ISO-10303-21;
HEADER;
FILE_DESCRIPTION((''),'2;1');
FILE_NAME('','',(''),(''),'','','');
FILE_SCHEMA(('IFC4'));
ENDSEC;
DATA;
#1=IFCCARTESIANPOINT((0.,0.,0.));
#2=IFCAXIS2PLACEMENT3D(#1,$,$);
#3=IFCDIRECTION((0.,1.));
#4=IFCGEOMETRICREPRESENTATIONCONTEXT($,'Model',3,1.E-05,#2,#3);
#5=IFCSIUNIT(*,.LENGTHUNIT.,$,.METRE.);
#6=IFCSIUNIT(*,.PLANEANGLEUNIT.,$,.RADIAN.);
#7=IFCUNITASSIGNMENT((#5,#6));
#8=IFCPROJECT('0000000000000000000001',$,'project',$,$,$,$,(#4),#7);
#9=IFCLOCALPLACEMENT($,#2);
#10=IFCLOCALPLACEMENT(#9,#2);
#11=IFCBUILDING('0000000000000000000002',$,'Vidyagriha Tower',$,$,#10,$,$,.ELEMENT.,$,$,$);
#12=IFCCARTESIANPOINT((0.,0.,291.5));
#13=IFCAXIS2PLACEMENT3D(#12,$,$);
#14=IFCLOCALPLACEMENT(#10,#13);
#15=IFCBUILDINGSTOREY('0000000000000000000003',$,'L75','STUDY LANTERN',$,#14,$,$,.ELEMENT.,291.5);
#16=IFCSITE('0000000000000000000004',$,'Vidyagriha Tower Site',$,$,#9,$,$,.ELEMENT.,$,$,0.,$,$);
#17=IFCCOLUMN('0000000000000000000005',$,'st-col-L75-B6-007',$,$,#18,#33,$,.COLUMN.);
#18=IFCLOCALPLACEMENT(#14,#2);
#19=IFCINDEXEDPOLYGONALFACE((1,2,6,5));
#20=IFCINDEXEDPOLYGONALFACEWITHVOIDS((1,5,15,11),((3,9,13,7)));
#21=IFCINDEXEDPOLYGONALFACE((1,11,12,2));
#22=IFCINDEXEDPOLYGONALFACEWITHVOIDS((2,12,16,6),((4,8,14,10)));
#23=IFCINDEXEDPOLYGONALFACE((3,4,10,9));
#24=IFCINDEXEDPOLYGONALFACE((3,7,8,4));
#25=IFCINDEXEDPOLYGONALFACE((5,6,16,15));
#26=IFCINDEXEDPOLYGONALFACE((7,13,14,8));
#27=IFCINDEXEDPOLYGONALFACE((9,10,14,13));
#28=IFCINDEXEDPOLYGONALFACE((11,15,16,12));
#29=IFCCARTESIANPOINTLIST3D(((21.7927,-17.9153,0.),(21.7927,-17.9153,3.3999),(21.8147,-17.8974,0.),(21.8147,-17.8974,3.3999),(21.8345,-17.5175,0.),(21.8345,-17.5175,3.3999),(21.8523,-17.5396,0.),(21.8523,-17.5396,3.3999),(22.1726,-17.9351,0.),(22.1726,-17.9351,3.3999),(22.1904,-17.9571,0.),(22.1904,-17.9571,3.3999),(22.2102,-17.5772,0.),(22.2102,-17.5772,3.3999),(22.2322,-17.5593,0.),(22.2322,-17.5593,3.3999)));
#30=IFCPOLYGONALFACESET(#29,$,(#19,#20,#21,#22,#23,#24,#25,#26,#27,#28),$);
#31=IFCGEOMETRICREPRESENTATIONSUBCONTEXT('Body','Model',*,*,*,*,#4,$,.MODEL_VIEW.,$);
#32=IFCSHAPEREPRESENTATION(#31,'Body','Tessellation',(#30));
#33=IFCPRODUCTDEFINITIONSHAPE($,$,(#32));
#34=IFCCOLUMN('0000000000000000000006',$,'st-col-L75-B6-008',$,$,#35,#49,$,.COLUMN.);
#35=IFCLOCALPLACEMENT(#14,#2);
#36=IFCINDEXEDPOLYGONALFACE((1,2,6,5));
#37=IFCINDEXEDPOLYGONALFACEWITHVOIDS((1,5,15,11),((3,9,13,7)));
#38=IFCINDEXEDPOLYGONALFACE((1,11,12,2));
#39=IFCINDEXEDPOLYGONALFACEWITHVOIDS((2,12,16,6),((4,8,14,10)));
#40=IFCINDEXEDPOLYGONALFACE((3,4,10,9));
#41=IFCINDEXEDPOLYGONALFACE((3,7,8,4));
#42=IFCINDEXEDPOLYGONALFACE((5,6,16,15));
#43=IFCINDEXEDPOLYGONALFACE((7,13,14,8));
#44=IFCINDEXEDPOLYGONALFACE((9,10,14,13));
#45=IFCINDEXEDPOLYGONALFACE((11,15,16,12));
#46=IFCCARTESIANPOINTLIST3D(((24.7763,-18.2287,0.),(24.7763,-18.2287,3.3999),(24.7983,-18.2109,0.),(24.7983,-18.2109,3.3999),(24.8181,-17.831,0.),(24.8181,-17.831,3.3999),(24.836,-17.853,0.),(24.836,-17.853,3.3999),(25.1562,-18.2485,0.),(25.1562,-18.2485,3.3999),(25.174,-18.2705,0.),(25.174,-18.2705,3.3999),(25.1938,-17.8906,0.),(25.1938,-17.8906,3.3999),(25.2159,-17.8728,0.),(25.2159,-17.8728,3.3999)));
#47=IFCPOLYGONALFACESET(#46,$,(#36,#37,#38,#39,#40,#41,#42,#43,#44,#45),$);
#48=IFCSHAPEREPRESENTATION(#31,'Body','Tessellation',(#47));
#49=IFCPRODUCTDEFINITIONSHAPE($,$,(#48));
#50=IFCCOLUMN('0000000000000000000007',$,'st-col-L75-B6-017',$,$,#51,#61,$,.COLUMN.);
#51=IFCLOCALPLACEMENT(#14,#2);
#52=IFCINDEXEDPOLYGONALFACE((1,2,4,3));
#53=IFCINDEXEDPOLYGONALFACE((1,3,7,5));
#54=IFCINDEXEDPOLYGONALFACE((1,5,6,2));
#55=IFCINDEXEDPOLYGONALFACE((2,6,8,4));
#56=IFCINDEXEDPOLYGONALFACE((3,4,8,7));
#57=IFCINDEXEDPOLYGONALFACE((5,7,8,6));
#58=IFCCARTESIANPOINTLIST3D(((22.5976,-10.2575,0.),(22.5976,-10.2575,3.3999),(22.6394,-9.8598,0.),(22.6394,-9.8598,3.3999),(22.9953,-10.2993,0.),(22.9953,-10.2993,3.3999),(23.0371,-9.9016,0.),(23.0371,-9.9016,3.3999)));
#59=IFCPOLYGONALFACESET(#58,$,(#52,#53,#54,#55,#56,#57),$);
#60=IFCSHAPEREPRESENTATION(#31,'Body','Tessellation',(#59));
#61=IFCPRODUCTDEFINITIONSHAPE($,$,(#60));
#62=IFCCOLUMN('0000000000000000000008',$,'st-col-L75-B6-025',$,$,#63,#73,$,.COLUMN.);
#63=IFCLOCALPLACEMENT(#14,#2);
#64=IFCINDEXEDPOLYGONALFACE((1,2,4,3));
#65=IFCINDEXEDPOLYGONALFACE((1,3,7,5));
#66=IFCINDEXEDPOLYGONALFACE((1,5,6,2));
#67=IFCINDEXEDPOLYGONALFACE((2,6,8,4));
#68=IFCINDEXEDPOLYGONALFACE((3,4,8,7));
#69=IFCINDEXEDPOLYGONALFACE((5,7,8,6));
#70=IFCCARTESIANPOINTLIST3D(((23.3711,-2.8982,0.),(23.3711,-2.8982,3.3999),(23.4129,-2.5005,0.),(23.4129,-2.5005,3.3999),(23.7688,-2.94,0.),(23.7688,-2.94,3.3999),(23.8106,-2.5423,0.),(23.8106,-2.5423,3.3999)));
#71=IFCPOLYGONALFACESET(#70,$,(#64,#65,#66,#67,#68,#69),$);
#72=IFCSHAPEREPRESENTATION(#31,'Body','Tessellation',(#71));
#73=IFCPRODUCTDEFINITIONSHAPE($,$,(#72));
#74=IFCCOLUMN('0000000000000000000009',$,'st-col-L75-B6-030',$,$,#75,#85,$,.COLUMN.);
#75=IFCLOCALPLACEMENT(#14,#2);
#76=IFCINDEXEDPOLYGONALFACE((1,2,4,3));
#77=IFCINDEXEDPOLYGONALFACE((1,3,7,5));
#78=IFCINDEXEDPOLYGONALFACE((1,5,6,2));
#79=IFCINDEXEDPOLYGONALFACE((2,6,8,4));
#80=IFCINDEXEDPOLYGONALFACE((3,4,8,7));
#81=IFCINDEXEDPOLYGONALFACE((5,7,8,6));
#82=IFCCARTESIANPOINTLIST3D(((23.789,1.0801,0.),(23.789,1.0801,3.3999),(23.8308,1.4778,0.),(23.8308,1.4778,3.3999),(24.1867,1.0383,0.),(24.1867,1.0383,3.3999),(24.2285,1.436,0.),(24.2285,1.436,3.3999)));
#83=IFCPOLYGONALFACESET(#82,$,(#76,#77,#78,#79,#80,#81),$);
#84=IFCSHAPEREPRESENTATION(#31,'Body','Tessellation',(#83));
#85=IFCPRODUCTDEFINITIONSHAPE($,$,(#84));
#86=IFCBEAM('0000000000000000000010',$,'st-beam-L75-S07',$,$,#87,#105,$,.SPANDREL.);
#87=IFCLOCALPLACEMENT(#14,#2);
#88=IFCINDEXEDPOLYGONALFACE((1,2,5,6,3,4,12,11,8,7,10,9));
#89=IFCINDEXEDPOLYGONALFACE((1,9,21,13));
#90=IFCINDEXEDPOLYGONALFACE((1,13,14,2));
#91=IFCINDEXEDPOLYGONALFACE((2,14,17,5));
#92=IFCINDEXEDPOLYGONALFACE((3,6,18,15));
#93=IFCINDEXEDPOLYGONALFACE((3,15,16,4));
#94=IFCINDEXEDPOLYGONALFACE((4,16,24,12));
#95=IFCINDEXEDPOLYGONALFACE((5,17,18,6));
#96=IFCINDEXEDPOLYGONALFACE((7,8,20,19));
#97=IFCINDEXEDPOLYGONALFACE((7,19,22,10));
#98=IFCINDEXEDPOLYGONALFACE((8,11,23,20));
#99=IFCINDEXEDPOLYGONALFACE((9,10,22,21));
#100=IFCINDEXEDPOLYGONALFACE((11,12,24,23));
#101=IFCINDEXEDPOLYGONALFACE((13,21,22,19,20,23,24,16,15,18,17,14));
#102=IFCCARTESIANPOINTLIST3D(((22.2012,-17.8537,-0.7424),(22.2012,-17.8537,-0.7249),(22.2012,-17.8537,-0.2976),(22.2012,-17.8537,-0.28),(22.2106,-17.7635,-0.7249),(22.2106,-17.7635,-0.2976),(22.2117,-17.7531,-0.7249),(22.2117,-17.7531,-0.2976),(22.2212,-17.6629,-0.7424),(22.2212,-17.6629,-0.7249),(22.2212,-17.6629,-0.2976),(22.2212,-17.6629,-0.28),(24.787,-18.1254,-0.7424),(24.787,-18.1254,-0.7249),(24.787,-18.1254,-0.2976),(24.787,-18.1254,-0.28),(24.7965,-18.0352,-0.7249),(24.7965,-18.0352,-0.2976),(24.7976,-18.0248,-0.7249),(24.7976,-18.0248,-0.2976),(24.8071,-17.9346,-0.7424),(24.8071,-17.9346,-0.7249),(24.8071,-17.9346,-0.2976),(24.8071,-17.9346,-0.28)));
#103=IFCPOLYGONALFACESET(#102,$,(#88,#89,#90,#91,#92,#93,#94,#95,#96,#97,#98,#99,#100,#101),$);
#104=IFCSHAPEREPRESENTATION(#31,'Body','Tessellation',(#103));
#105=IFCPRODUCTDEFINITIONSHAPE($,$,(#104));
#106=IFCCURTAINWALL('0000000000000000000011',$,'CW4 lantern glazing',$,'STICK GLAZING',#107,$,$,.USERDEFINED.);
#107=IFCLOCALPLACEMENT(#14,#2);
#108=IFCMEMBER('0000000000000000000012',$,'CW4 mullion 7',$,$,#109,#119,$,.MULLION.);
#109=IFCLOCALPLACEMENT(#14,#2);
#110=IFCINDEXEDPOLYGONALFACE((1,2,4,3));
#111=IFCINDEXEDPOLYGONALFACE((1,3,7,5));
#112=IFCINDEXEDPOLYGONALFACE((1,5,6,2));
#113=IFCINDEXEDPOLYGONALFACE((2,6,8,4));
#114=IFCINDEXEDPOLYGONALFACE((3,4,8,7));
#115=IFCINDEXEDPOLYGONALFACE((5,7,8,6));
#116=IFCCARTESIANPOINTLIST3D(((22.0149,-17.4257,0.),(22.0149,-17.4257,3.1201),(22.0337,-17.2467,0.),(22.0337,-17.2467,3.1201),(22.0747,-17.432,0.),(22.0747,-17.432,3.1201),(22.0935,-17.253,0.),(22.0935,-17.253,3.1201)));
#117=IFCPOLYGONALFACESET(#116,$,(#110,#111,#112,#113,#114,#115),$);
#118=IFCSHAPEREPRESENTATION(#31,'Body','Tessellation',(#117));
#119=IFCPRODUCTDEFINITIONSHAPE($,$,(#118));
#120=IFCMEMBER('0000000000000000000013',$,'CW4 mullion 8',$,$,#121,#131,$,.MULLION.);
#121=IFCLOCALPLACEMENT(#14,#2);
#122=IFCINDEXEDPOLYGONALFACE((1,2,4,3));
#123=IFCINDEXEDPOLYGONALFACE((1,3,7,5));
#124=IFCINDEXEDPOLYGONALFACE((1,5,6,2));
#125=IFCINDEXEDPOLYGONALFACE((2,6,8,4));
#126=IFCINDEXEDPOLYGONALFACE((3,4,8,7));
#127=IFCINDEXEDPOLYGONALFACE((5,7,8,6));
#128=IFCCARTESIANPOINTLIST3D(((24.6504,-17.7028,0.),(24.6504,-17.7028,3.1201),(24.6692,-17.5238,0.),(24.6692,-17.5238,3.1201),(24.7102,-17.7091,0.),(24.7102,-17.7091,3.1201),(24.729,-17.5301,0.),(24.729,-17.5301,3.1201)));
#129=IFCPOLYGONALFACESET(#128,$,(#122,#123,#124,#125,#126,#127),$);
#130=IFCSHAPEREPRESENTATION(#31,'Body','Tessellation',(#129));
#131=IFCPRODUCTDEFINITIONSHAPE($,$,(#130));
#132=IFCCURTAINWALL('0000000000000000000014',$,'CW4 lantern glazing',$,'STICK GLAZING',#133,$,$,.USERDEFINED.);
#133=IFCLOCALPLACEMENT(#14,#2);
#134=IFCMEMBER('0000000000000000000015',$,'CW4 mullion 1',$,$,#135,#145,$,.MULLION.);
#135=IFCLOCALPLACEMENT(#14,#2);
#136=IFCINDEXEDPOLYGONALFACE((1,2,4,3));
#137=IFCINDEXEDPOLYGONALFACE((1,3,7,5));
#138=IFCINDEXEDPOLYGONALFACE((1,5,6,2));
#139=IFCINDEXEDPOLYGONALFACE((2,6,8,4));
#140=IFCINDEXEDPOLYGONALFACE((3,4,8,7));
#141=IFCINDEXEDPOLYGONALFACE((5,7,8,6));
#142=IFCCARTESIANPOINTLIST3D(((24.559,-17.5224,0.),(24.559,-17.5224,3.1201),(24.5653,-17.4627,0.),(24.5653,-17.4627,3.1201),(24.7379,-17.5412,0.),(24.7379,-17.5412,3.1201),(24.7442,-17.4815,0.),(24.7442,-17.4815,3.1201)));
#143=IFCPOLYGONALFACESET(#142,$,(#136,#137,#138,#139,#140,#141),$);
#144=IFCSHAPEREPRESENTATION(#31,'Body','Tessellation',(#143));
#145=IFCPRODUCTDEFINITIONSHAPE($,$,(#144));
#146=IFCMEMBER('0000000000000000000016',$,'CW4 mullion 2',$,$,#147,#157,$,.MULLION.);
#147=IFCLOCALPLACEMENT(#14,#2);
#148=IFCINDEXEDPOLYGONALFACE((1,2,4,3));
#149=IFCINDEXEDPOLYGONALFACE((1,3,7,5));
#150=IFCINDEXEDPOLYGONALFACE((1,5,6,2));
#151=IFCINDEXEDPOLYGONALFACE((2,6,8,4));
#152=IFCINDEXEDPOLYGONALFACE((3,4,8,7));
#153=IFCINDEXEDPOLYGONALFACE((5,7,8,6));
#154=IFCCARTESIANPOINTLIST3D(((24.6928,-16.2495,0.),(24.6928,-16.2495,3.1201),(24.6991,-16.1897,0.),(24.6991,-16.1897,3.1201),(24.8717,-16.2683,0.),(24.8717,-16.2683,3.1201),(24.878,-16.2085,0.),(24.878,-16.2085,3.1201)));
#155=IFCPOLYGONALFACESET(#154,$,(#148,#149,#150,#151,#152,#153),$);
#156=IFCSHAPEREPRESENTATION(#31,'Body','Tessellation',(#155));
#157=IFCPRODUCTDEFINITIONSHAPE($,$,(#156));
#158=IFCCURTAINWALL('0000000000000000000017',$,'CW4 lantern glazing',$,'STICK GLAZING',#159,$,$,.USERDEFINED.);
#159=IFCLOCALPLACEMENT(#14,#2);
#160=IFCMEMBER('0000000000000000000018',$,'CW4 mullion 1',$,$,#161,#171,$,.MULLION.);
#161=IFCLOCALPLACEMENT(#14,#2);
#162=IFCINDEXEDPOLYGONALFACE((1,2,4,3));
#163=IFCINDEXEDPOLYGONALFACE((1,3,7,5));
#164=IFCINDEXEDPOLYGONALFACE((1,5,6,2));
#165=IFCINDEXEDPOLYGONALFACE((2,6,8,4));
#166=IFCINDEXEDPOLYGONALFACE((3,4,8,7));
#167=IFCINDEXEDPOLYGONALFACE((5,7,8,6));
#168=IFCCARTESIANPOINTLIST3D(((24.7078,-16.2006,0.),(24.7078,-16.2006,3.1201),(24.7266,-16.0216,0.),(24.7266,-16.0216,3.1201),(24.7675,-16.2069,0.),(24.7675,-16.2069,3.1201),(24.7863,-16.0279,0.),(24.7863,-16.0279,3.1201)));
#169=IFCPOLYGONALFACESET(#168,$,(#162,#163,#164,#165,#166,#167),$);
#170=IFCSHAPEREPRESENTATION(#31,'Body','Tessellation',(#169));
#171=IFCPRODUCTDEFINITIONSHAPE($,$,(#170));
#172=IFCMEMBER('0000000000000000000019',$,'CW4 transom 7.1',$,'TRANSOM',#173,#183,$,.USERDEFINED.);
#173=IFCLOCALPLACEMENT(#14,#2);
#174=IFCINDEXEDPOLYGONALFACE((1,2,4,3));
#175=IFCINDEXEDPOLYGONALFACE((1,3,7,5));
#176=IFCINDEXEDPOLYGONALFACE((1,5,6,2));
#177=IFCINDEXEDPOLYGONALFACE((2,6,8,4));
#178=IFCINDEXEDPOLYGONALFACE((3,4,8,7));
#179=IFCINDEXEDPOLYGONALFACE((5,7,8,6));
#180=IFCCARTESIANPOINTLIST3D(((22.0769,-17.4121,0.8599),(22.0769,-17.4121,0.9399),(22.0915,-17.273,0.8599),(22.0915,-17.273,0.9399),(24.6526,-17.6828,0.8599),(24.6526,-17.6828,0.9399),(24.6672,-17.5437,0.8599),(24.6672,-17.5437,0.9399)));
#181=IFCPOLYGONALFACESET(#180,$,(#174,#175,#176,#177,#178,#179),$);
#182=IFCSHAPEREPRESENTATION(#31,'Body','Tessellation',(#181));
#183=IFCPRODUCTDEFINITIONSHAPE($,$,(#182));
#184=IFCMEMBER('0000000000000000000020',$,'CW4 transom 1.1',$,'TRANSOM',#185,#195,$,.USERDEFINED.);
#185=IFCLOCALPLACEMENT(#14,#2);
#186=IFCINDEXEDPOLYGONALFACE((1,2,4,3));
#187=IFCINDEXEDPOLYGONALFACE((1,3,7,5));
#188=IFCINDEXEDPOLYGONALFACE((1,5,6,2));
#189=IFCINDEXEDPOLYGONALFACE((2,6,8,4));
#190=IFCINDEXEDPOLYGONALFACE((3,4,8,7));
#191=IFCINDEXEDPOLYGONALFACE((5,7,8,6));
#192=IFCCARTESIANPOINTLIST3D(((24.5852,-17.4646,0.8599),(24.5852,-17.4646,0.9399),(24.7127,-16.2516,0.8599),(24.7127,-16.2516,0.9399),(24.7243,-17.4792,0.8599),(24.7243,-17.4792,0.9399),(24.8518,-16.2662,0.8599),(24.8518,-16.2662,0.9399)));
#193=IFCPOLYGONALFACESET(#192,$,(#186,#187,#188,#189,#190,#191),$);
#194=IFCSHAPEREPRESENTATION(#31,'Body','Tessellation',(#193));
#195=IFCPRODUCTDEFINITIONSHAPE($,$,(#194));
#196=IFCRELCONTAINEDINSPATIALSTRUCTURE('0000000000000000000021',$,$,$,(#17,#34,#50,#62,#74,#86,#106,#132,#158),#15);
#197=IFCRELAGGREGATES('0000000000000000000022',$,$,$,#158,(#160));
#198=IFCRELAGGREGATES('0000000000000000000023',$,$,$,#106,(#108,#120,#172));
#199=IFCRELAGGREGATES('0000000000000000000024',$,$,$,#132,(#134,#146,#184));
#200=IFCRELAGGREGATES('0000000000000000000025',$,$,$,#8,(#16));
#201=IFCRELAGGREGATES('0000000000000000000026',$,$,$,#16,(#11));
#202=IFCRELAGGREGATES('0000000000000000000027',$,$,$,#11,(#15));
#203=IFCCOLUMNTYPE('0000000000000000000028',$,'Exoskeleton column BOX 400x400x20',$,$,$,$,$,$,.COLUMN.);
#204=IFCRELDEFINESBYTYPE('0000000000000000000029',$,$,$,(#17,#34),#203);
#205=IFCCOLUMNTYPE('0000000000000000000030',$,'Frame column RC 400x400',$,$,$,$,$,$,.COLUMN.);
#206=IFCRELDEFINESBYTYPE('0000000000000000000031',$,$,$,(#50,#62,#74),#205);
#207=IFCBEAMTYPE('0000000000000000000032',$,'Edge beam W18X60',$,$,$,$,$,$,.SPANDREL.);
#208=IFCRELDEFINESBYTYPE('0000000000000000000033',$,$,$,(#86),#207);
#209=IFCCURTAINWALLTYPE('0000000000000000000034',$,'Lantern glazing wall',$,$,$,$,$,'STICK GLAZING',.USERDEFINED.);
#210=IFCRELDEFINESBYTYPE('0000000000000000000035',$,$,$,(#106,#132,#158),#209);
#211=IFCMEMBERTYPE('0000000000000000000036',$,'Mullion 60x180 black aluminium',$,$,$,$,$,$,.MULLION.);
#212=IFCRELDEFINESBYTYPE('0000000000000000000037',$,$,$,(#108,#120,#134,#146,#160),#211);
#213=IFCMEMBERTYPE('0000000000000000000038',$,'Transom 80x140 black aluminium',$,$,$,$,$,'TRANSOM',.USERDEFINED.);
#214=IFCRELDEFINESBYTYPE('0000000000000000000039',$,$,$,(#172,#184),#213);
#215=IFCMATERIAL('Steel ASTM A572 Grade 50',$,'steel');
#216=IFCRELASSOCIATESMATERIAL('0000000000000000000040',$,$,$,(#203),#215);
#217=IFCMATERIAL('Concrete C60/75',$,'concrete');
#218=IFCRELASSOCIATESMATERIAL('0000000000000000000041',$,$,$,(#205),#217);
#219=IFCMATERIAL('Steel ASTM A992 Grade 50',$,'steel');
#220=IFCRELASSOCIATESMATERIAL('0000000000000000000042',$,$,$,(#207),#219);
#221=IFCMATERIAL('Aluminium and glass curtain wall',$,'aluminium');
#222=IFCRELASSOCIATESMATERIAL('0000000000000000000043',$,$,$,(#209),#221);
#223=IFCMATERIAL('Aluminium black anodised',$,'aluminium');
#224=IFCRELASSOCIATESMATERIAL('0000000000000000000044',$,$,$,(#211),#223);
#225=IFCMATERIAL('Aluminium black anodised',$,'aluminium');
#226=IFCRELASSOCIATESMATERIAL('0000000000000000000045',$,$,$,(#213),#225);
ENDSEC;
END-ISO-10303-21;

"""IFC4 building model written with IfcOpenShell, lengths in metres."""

from ifc_helpers import new_model, si_unit, direction, frame, origin, origin_2d, place, context, subcontext, project, spatial, rectangle, hollow_rectangle, i_section, extrude, material, material_profile, profile_set, type_object, element, aggregate, save


model = new_model("IFC4")

# Units and contexts
model_context = context("Model", 3, precision=1e-05, world=origin(), true_north=direction((0.0, 1.0)))
body_context = subcontext(model_context, "Body", "Model", "MODEL_VIEW")
ifc_project = project(units=[si_unit("LENGTHUNIT", "METRE"), si_unit("PLANEANGLEUNIT", "RADIAN")], contexts=[model_context])

# Site, building, storey
site_placement = place(None, origin())
site = spatial("IfcSite", under=ifc_project, at=site_placement, Name="Vidyagriha Tower Site", CompositionType="ELEMENT", RefElevation=0.0)
building_placement = place(site_placement, origin())
building = spatial("IfcBuilding", under=site, at=building_placement, Name="Vidyagriha Tower", CompositionType="ELEMENT")
storey_placement = place(building_placement, frame((0.0, 0.0, 291.5)))
storey = spatial("IfcBuildingStorey", under=building, at=storey_placement, Name="L75", Description="STUDY LANTERN", CompositionType="ELEMENT", Elevation=291.5)

# Columns
ifc_material_1 = material(Name="Steel ASTM A572 Grade 50", Category="steel")
ifc_material_profile_1 = material_profile(ifc_material_1, hollow_rectangle(XDim=0.3999, YDim=0.3999, WallThickness=0.02, at=origin_2d()), Name="BOX 400x400x20")
ifc_profile_set_1 = profile_set([ifc_material_profile_1], Name="Steel ASTM A572 Grade 50")
column_type_1 = type_object("IfcColumnType", Name="Exoskeleton column BOX 400x400x20", PredefinedType="COLUMN", material=ifc_profile_set_1)
for number, where, z_axis, x_axis, name in (
    (1, (22.0125, -17.7373, 0.0), (0.0, 0.0, 1.0), (0.994522, -0.104528, 0.0), "st-col-L75-B6-007"),
    (2, (24.9961, -18.0508, 0.0), (0.0, 0.0, 1.0), (0.994522, -0.104528, 0.0), "st-col-L75-B6-008"),
):
    element("IfcColumn", number, at=place(storey_placement, frame(where, z_axis=z_axis, x_axis=x_axis)), inside=storey, type_object=column_type_1, Name=name, PredefinedType="COLUMN", context=body_context, shape_type="SweptSolid", body=[
        extrude(hollow_rectangle(XDim=0.3999, YDim=0.3999, WallThickness=0.02, at=origin_2d()), origin(), (0.0, 0.0, 1.0), 3.3999),
    ])
ifc_material_2 = material(Name="Concrete C60/75", Category="concrete")
ifc_material_profile_2 = material_profile(ifc_material_2, rectangle(XDim=0.3999, YDim=0.3999, at=origin_2d()), Name="RC 400x400")
ifc_profile_set_2 = profile_set([ifc_material_profile_2], Name="Concrete C60/75")
column_type_2 = type_object("IfcColumnType", Name="Frame column RC 400x400", PredefinedType="COLUMN", material=ifc_profile_set_2)
for number, where, z_axis, x_axis, name in (
    (3, (22.8174, -10.0796, 0.0), (0.0, 0.0, 1.0), (0.994522, -0.104528, 0.0), "st-col-L75-B6-017"),
    (4, (23.5908, -2.7202, 0.0), (0.0, 0.0, 1.0), (0.994522, -0.104528, 0.0), "st-col-L75-B6-025"),
    (5, (24.0088, 1.2581, 0.0), (0.0, 0.0, 1.0), (0.994522, -0.104528, 0.0), "st-col-L75-B6-030"),
):
    element("IfcColumn", number, at=place(storey_placement, frame(where, z_axis=z_axis, x_axis=x_axis)), inside=storey, type_object=column_type_2, Name=name, PredefinedType="COLUMN", context=body_context, shape_type="SweptSolid", body=[
        extrude(rectangle(XDim=0.3999, YDim=0.3999, at=origin_2d()), origin(), (0.0, 0.0, 1.0), 3.3999),
    ])

# Beam
ifc_material_3 = material(Name="Steel ASTM A992 Grade 50", Category="steel")
ifc_material_profile_3 = material_profile(ifc_material_3, i_section(OverallWidth=0.1919, OverallDepth=0.4624, WebThickness=0.0105, FlangeThickness=0.0176, at=origin_2d()), Name="W18X60")
ifc_profile_set_3 = profile_set([ifc_material_profile_3], Name="Steel ASTM A992 Grade 50")
beam_type = type_object("IfcBeamType", Name="Edge beam W18X60", PredefinedType="SPANDREL", material=ifc_profile_set_3)
beam_placement = place(storey_placement, frame((22.2112, -17.7583, -0.5112), z_axis=(0.994524, -0.104504, 0.0), x_axis=(0.104504, 0.994524, 0.0)))
element("IfcBeam", 6, at=beam_placement, inside=storey, type_object=beam_type, Name="st-beam-L75-S07", PredefinedType="SPANDREL", context=body_context, shape_type="SweptSolid", body=[
    extrude(i_section(OverallWidth=0.1919, OverallDepth=0.4624, WebThickness=0.0105, FlangeThickness=0.0176, at=origin_2d()), origin(), (0.0, 0.0, 1.0), 2.6001),
])

# Curtain walls, members
ifc_material_4 = material(Name="Aluminium and glass curtain wall", Category="aluminium")
curtain_wall_type = type_object("IfcCurtainWallType", Name="Lantern glazing wall", ElementType="STICK GLAZING", PredefinedType="USERDEFINED", material=ifc_material_4)
curtain_wall_1_placement = place(storey_placement, origin())
curtain_wall_1 = element("IfcCurtainWall", 7, at=curtain_wall_1_placement, inside=storey, type_object=curtain_wall_type, Name="CW4 lantern glazing", ObjectType="STICK GLAZING", PredefinedType="USERDEFINED")
ifc_material_5 = material(Name="Aluminium black anodised", Category="aluminium")
ifc_material_profile_4 = material_profile(ifc_material_5, rectangle(XDim=0.1799, YDim=0.0601, at=origin_2d()), Name="Mullion 60x180 black aluminium")
ifc_profile_set_4 = profile_set([ifc_material_profile_4], Name="Aluminium black anodised")
member_type_1 = type_object("IfcMemberType", Name="Mullion 60x180 black aluminium", PredefinedType="MULLION", material=ifc_profile_set_4)
member_1_placement = place(storey_placement, frame((22.0542, -17.3394, 0.0), z_axis=(0.0, 0.0, 1.0), x_axis=(0.104528, 0.994522, 0.0)))
member_1 = element("IfcMember", 8, at=member_1_placement, type_object=member_type_1, Name="CW4 mullion 7", PredefinedType="MULLION", context=body_context, shape_type="SweptSolid", body=[
    extrude(rectangle(XDim=0.1799, YDim=0.0601, at=origin_2d()), origin(), (0.0, 0.0, 1.0), 3.1201),
])
member_2_placement = place(storey_placement, frame((24.6897, -17.6165, 0.0), z_axis=(0.0, 0.0, 1.0), x_axis=(0.104528, 0.994522, 0.0)))
member_2 = element("IfcMember", 9, at=member_2_placement, type_object=member_type_1, Name="CW4 mullion 8", PredefinedType="MULLION", context=body_context, shape_type="SweptSolid", body=[
    extrude(rectangle(XDim=0.1799, YDim=0.0601, at=origin_2d()), origin(), (0.0, 0.0, 1.0), 3.1201),
])
curtain_wall_2_placement = place(storey_placement, origin())
curtain_wall_2 = element("IfcCurtainWall", 10, at=curtain_wall_2_placement, inside=storey, type_object=curtain_wall_type, Name="CW4 lantern glazing", ObjectType="STICK GLAZING", PredefinedType="USERDEFINED")
member_3_placement = place(storey_placement, frame((24.6516, -17.502, 0.0), z_axis=(0.0, 0.0, 1.0), x_axis=(-0.994519, 0.104557, 0.0)))
member_3 = element("IfcMember", 11, at=member_3_placement, type_object=member_type_1, Name="CW4 mullion 1", PredefinedType="MULLION", context=body_context, shape_type="SweptSolid", body=[
    extrude(rectangle(XDim=0.1799, YDim=0.0601, at=origin_2d()), origin(), (0.0, 0.0, 1.0), 3.1201),
])
member_4_placement = place(storey_placement, frame((24.7854, -16.229, 0.0), z_axis=(0.0, 0.0, 1.0), x_axis=(-0.994519, 0.104557, 0.0)))
member_4 = element("IfcMember", 12, at=member_4_placement, type_object=member_type_1, Name="CW4 mullion 2", PredefinedType="MULLION", context=body_context, shape_type="SweptSolid", body=[
    extrude(rectangle(XDim=0.1799, YDim=0.0601, at=origin_2d()), origin(), (0.0, 0.0, 1.0), 3.1201),
])

# Curtain wall, member
curtain_wall_3_placement = place(storey_placement, origin())
curtain_wall_3 = element("IfcCurtainWall", 13, at=curtain_wall_3_placement, inside=storey, type_object=curtain_wall_type, Name="CW4 lantern glazing", ObjectType="STICK GLAZING", PredefinedType="USERDEFINED")
member_5_placement = place(storey_placement, frame((24.7471, -16.1143, 0.0), z_axis=(0.0, 0.0, 1.0), x_axis=(0.104519, 0.994523, 0.0)))
member_5 = element("IfcMember", 14, at=member_5_placement, type_object=member_type_1, Name="CW4 mullion 1", PredefinedType="MULLION", context=body_context, shape_type="SweptSolid", body=[
    extrude(rectangle(XDim=0.1799, YDim=0.0601, at=origin_2d()), origin(), (0.0, 0.0, 1.0), 3.1201),
])

# Members
ifc_material_6 = material(Name="Aluminium black anodised", Category="aluminium")
ifc_material_profile_5 = material_profile(ifc_material_6, rectangle(XDim=0.1399, YDim=0.0801, at=origin_2d()), Name="Transom 80x140 black aluminium")
ifc_profile_set_5 = profile_set([ifc_material_profile_5], Name="Aluminium black anodised")
member_type_2 = type_object("IfcMemberType", Name="Transom 80x140 black aluminium", ElementType="TRANSOM", PredefinedType="USERDEFINED", material=ifc_profile_set_5)
member_6_placement = place(storey_placement, frame((22.0842, -17.3425, 0.8999), z_axis=(0.99452, -0.104542, 0.0), x_axis=(0.104542, 0.99452, 0.0)))
member_6 = element("IfcMember", 15, at=member_6_placement, type_object=member_type_2, Name="CW4 transom 7.1", ObjectType="TRANSOM", PredefinedType="USERDEFINED", context=body_context, shape_type="SweptSolid", body=[
    extrude(rectangle(XDim=0.1399, YDim=0.0801, at=origin_2d()), origin(), (0.0, 0.0, 1.0), 2.5898),
])
member_7_placement = place(storey_placement, frame((24.6548, -17.4719, 0.8999), z_axis=(0.104476, 0.994527, 0.0), x_axis=(-0.994527, 0.104476, 0.0)))
member_7 = element("IfcMember", 16, at=member_7_placement, type_object=member_type_2, Name="CW4 transom 1.1", ObjectType="TRANSOM", PredefinedType="USERDEFINED", context=body_context, shape_type="SweptSolid", body=[
    extrude(rectangle(XDim=0.1399, YDim=0.0801, at=origin_2d()), origin(), (0.0, 0.0, 1.0), 1.2197),
])
aggregate(curtain_wall_3, [member_5])

aggregate(curtain_wall_1, [member_1, member_2, member_6])
aggregate(curtain_wall_2, [member_3, member_4, member_7])

save(model, "model.ifc")
